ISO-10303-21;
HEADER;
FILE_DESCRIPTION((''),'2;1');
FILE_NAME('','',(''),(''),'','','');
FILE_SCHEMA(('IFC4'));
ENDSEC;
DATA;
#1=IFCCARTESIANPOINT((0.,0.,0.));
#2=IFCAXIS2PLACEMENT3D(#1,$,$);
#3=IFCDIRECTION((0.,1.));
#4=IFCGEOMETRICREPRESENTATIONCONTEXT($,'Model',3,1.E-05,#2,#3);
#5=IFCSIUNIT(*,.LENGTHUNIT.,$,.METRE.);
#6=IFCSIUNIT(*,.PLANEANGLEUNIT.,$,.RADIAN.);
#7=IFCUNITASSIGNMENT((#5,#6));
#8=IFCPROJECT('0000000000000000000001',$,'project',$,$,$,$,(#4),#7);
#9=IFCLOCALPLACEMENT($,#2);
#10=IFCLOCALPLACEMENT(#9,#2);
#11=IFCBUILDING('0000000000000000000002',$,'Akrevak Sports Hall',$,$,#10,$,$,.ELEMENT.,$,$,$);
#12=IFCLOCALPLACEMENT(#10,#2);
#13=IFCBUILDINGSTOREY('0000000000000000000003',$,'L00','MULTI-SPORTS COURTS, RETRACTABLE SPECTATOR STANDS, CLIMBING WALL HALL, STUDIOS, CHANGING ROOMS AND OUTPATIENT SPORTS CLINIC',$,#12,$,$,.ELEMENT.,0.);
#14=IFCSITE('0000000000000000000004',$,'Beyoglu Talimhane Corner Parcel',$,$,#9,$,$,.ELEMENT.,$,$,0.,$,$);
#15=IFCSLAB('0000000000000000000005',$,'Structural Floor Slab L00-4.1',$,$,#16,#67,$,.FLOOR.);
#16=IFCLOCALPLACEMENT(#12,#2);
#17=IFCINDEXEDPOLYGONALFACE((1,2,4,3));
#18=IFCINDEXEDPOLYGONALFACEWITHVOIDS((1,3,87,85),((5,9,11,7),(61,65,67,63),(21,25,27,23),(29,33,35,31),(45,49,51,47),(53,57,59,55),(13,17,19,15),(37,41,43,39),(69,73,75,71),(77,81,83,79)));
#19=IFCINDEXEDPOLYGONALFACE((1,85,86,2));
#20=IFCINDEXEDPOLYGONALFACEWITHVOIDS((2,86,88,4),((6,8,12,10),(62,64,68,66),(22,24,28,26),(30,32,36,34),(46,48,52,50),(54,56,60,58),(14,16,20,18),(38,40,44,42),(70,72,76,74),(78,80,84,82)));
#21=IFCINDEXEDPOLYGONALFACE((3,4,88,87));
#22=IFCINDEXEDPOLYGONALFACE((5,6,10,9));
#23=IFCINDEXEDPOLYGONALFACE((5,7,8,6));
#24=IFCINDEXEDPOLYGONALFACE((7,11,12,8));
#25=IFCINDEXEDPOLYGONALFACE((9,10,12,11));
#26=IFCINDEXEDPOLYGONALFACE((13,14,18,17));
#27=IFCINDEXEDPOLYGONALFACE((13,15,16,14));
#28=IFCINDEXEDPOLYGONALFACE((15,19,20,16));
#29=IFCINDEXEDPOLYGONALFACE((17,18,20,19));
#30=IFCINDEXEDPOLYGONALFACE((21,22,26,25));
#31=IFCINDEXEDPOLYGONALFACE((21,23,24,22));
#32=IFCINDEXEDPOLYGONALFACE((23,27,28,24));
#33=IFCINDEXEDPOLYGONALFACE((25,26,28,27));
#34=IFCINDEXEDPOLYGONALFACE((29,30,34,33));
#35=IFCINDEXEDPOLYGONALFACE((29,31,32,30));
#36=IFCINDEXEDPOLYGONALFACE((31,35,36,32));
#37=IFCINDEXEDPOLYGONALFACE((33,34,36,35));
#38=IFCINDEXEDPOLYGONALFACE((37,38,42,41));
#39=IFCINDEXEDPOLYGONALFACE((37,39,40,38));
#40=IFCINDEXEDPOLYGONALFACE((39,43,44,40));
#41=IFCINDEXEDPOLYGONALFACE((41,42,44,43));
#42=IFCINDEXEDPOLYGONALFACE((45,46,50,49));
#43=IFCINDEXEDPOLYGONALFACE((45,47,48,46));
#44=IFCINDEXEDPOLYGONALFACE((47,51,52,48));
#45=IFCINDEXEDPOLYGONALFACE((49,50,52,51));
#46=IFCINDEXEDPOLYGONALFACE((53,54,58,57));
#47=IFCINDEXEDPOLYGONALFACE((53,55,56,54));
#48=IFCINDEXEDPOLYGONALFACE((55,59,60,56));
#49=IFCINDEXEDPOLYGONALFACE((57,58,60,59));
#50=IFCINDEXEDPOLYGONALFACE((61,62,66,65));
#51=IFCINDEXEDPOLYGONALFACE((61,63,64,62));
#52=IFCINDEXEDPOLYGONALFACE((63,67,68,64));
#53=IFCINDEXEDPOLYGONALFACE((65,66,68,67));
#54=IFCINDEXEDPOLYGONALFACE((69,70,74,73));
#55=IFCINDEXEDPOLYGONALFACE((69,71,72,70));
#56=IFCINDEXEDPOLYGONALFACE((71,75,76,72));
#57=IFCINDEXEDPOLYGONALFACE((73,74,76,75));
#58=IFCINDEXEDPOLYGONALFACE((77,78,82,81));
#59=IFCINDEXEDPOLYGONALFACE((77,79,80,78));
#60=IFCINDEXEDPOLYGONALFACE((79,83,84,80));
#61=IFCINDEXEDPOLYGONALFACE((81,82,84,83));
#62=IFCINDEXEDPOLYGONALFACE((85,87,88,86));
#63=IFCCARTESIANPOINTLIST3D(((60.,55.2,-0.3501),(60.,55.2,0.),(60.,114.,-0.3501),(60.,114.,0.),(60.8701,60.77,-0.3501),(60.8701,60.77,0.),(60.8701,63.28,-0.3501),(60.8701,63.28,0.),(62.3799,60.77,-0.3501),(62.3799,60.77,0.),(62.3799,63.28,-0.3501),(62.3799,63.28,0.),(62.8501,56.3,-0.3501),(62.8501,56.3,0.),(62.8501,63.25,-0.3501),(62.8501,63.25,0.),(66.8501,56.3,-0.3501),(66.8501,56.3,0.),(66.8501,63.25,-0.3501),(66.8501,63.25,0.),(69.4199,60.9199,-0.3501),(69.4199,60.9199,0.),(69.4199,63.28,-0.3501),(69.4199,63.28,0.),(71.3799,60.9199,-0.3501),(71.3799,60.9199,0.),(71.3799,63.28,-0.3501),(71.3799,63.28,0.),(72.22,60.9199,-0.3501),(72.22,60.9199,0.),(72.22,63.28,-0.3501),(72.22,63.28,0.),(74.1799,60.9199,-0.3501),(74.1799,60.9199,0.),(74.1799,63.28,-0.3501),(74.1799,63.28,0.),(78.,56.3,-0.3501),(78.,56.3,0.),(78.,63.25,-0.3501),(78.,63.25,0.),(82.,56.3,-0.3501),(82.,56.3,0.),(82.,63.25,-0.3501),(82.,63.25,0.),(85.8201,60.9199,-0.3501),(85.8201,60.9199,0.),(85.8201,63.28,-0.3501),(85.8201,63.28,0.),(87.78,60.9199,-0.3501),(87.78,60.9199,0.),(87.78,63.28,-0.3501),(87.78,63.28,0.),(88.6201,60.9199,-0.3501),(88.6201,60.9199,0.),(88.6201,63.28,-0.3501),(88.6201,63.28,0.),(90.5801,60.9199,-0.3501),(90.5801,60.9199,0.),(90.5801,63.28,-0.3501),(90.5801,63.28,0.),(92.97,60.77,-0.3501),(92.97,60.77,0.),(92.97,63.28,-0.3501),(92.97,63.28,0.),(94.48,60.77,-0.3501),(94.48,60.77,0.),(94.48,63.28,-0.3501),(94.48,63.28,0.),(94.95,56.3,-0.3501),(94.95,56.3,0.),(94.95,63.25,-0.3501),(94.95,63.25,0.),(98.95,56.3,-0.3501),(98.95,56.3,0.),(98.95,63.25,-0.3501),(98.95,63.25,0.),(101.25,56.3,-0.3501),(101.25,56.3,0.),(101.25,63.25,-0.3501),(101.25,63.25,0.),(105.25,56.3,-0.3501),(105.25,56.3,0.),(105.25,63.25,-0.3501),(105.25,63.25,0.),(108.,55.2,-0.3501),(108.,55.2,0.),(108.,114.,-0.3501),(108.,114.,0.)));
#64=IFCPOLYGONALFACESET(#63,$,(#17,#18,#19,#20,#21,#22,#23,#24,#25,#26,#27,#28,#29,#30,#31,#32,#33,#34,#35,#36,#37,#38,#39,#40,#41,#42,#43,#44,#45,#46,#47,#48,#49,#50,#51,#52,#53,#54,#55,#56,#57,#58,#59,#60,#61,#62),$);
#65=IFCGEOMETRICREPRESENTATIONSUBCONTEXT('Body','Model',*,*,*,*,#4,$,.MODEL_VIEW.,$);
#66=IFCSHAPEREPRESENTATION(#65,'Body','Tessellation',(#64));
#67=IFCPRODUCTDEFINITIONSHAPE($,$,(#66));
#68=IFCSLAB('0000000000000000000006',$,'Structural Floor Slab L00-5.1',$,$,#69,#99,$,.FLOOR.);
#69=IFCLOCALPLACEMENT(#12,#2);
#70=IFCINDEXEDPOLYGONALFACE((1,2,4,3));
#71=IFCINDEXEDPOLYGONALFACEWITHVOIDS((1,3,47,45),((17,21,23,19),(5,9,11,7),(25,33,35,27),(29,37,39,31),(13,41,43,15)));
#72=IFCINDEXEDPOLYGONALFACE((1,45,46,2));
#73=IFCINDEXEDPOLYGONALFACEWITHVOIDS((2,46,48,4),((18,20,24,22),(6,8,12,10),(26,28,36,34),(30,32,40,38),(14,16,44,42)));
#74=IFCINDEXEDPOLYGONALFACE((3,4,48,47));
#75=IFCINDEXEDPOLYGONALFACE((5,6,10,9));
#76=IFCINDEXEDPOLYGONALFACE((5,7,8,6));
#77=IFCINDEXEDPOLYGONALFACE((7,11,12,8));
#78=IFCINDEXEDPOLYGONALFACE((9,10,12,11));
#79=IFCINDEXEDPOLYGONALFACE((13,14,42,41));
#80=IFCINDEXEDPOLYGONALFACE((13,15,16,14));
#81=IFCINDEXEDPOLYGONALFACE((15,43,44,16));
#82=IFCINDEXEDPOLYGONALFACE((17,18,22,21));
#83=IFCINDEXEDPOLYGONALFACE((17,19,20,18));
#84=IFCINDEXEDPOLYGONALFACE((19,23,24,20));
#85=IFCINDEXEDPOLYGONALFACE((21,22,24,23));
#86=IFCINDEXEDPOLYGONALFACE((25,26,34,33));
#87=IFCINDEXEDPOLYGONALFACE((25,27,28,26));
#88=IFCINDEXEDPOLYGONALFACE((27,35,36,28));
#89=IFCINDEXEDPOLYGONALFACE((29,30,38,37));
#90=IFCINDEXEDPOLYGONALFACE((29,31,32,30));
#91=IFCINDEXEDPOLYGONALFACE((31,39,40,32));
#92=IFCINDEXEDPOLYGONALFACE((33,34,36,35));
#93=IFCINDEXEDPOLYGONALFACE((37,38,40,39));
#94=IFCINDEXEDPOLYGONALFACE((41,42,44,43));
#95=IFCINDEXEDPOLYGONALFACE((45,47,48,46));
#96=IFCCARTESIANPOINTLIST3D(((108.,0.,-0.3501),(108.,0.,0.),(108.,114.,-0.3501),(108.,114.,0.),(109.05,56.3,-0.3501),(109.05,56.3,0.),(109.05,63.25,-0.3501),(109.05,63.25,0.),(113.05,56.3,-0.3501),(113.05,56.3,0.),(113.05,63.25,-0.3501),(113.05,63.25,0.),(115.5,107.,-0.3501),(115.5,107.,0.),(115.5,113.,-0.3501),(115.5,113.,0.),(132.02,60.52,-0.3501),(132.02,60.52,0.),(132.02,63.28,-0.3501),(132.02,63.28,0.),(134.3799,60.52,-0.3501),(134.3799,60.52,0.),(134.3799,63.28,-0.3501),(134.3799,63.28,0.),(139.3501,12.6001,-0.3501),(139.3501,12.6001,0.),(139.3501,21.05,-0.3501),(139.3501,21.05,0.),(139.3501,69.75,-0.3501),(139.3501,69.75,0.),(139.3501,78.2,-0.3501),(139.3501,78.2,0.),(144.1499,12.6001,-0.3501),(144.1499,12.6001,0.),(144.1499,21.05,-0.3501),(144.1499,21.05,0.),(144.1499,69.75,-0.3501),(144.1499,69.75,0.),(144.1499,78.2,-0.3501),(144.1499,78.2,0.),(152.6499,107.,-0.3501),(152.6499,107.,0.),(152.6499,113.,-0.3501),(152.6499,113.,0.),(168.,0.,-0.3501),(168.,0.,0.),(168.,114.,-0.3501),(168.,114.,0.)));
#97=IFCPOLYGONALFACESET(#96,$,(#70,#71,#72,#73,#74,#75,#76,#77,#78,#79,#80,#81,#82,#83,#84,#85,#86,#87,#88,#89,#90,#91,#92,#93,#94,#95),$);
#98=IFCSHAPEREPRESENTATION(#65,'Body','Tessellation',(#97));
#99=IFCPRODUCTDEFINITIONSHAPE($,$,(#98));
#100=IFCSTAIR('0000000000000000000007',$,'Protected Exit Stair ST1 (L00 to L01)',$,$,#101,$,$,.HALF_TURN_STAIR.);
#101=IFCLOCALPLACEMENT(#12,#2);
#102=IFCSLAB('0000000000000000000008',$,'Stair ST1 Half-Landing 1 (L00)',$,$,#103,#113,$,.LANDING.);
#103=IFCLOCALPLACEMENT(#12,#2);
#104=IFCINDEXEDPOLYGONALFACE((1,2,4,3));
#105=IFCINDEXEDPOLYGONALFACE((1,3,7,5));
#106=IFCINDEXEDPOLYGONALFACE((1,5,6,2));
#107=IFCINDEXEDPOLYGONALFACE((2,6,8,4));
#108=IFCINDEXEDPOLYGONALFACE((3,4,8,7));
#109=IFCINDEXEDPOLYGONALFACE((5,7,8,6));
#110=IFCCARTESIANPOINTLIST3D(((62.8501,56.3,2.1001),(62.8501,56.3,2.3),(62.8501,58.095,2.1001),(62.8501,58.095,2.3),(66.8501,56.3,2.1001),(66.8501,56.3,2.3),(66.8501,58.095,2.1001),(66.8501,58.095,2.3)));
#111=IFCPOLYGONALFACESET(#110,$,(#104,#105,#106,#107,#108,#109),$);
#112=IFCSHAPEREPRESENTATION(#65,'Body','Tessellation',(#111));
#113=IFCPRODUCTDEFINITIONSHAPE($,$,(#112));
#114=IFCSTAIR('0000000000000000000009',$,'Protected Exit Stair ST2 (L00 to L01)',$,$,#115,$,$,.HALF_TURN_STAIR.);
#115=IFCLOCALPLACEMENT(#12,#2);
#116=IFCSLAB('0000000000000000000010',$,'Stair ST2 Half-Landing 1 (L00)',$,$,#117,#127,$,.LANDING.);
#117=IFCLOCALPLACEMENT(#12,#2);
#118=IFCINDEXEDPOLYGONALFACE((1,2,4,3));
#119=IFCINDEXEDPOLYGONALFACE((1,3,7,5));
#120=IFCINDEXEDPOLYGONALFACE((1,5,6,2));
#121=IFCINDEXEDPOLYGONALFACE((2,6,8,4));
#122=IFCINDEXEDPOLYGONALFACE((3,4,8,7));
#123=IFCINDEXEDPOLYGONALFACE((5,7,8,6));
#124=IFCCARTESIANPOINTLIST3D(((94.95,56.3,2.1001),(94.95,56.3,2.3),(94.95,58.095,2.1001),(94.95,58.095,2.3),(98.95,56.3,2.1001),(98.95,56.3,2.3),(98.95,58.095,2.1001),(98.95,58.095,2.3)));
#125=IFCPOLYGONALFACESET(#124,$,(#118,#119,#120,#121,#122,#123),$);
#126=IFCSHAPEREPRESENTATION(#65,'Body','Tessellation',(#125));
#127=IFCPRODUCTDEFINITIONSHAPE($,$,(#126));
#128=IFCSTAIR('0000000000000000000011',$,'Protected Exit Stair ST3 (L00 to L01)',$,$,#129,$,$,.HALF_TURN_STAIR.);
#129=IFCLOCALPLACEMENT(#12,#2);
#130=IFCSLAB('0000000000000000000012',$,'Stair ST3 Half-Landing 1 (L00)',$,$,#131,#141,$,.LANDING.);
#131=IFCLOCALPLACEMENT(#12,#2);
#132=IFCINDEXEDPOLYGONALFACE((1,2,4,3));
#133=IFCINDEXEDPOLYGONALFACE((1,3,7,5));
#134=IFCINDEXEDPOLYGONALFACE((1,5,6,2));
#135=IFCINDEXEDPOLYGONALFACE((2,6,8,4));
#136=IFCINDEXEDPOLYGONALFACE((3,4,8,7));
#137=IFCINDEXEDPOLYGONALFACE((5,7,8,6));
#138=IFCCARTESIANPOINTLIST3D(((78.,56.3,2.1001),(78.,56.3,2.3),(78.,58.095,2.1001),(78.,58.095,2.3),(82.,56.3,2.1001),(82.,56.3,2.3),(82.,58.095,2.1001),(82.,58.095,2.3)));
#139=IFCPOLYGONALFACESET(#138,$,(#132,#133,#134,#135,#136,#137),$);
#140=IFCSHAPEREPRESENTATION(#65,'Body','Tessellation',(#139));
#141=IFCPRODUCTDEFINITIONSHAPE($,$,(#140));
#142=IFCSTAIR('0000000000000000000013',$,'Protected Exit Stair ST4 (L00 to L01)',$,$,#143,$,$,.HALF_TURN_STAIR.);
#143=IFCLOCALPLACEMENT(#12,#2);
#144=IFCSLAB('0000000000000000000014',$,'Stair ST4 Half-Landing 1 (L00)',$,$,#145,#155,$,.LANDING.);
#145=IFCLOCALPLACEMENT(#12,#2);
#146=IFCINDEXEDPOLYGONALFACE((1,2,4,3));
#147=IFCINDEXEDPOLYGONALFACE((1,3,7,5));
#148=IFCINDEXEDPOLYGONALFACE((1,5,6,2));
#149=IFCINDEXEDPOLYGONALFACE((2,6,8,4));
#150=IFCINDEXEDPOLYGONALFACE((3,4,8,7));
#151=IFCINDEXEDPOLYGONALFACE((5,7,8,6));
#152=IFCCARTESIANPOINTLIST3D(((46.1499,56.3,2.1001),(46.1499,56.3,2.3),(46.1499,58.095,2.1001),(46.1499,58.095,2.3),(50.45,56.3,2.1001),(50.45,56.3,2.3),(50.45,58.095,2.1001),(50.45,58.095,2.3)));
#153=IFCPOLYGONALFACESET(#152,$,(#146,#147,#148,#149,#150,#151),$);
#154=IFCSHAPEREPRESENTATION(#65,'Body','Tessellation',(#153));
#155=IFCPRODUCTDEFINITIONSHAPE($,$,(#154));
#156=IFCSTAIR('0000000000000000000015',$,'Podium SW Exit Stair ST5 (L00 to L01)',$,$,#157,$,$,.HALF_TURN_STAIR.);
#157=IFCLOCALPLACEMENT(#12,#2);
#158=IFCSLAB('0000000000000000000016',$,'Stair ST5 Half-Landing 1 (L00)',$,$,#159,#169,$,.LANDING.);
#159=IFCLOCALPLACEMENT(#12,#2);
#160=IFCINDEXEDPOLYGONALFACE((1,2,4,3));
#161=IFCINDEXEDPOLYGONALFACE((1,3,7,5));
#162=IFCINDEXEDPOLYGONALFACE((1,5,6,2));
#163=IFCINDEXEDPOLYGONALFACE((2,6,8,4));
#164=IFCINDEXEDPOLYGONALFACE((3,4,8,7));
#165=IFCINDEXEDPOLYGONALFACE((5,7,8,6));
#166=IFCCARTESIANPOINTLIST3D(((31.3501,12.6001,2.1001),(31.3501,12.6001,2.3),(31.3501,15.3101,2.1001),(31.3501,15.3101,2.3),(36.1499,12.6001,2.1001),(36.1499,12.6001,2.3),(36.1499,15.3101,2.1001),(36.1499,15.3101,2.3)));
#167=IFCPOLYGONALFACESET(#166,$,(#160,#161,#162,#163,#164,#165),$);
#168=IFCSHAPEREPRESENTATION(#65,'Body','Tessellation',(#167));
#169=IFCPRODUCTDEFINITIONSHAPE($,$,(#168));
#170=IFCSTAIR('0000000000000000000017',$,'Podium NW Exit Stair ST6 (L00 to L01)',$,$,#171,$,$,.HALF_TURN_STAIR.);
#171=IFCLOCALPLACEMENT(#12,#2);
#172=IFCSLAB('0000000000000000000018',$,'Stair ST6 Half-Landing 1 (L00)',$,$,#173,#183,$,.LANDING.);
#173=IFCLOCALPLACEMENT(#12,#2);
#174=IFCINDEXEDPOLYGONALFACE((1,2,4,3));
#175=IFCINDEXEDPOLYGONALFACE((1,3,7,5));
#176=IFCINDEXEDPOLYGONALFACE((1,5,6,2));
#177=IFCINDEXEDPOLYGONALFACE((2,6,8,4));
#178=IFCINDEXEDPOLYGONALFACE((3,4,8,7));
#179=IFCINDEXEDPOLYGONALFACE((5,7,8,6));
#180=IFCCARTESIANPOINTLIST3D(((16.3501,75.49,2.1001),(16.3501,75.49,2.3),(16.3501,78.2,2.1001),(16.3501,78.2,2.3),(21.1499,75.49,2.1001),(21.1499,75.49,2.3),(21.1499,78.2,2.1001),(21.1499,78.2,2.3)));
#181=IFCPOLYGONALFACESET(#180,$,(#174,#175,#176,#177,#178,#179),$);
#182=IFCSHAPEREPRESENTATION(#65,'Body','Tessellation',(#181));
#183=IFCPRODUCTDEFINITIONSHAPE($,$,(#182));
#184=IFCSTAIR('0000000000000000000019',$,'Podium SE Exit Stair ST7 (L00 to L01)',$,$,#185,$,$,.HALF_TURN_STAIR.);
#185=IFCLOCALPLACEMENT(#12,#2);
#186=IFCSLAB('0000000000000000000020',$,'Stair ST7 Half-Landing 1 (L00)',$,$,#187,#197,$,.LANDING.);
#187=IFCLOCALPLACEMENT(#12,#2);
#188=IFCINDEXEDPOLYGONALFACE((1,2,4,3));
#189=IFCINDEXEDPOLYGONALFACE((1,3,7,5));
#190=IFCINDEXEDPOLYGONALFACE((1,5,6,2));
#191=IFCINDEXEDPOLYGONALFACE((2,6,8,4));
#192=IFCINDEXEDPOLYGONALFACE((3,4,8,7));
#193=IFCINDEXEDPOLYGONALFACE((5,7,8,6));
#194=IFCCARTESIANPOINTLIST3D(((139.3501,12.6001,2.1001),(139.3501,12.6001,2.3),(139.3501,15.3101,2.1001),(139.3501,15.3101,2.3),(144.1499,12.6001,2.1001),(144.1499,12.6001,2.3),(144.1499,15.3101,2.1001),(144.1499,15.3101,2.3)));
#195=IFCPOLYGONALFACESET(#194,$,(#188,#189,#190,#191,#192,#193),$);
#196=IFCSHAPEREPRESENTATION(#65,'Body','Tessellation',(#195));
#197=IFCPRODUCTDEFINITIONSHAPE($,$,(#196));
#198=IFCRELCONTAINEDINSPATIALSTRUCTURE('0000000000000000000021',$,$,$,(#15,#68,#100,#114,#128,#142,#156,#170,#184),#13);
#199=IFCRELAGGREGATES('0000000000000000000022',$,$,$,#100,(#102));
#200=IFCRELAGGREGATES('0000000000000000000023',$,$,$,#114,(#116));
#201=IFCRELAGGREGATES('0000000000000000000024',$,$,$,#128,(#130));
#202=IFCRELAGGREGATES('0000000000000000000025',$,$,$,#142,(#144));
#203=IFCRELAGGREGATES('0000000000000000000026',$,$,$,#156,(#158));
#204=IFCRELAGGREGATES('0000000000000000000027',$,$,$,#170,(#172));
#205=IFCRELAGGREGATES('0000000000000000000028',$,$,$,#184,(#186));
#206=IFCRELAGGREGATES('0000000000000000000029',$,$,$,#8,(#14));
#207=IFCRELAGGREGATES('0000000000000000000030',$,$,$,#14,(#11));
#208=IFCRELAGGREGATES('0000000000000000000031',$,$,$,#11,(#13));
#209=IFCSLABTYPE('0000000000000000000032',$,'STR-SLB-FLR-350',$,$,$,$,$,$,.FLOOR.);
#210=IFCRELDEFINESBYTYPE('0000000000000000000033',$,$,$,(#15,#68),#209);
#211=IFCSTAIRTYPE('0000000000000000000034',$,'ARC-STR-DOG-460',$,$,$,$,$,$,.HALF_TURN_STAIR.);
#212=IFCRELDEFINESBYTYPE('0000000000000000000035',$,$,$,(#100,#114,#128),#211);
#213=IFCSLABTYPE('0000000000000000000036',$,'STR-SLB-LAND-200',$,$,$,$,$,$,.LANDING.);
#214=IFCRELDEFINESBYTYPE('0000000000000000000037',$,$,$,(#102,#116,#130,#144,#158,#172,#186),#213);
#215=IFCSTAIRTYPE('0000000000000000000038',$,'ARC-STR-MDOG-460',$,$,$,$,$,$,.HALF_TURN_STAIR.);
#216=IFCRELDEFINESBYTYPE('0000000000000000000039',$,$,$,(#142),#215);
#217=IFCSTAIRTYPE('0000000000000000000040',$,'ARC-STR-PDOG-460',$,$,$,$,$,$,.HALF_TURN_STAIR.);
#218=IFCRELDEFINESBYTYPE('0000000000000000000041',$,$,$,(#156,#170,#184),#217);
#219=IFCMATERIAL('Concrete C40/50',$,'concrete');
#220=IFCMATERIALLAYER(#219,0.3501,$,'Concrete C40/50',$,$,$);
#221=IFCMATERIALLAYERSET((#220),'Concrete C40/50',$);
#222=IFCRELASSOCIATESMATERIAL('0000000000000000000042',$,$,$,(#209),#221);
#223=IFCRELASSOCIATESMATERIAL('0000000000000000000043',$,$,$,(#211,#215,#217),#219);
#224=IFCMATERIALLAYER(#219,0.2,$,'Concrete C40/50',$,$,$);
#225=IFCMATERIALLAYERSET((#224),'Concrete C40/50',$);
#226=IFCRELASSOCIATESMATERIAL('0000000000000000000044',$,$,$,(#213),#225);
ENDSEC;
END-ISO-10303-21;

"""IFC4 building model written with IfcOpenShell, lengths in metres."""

from ifc_helpers import new_model, si_unit, direction, frame, origin, place, context, subcontext, project, spatial, polyline, outline, extrude, material, layer, layer_set, type_object, element, aggregate, save


model = new_model("IFC4")

# Units and contexts
model_context = context("Model", 3, precision=1e-05, world=origin(), true_north=direction((0.0, 1.0)))
body_context = subcontext(model_context, "Body", "Model", "MODEL_VIEW")
ifc_project = project(units=[si_unit("LENGTHUNIT", "METRE"), si_unit("PLANEANGLEUNIT", "RADIAN")], contexts=[model_context])

# Site, building, storey
site_placement = place(None, origin())
site = spatial("IfcSite", under=ifc_project, at=site_placement, Name="Beyoglu Talimhane Corner Parcel", CompositionType="ELEMENT", RefElevation=0.0)
building_placement = place(site_placement, origin())
building = spatial("IfcBuilding", under=site, at=building_placement, Name="Akrevak Sports Hall", CompositionType="ELEMENT")
storey_placement = place(building_placement, origin())
storey = spatial("IfcBuildingStorey", under=building, at=storey_placement, Name="L00", Description="MULTI-SPORTS COURTS, RETRACTABLE SPECTATOR STANDS, CLIMBING WALL HALL, STUDIOS, CHANGING ROOMS AND OUTPATIENT SPORTS CLINIC", CompositionType="ELEMENT", Elevation=0.0)

# Slabs
ifc_material_1 = material(Name="Concrete C40/50", Category="concrete")
ifc_layer_1 = layer(ifc_material_1, 0.3501, Name="Concrete C40/50")
ifc_layer_set_1 = layer_set([ifc_layer_1], Name="Concrete C40/50")
slab_type_1 = type_object("IfcSlabType", Name="STR-SLB-FLR-350", PredefinedType="FLOOR", material=ifc_layer_set_1)
slab_1_placement = place(storey_placement, frame((0.0, 0.0, -0.3501)))
element("IfcSlab", 1, at=slab_1_placement, inside=storey, type_object=slab_type_1, Name="Structural Floor Slab L00-4.1", PredefinedType="FLOOR", context=body_context, shape_type="SweptSolid", body=[
    extrude(outline(polyline([(60.0, 114.0), (60.0, 55.2), (108.0, 55.2), (108.0, 114.0), (60.0, 114.0)]), holes=[polyline([(66.8501, 56.3), (62.8501, 56.3), (62.8501, 63.25), (66.8501, 63.25), (66.8501, 56.3)]), polyline([(82.0, 63.25), (82.0, 56.3), (78.0, 56.3), (78.0, 63.25), (82.0, 63.25)]), polyline([(62.3799, 63.28), (62.3799, 60.77), (60.8701, 60.77), (60.8701, 63.28), (62.3799, 63.28)]), polyline([(71.3799, 63.28), (71.3799, 60.9199), (69.4199, 60.9199), (69.4199, 63.28), (71.3799, 63.28)]), polyline([(74.1799, 60.9199), (72.22, 60.9199), (72.22, 63.28), (74.1799, 63.28), (74.1799, 60.9199)]), polyline([(98.95, 63.25), (98.95, 56.3), (94.95, 56.3), (94.95, 63.25), (98.95, 63.25)]), polyline([(105.25, 63.25), (105.25, 56.3), (101.25, 56.3), (101.25, 63.25), (105.25, 63.25)]), polyline([(94.48, 63.28), (94.48, 60.77), (92.97, 60.77), (92.97, 63.28), (94.48, 63.28)]), polyline([(87.78, 63.28), (87.78, 60.9199), (85.8201, 60.9199), (85.8201, 63.28), (87.78, 63.28)]), polyline([(90.5801, 63.28), (90.5801, 60.9199), (88.6201, 60.9199), (88.6201, 63.28), (90.5801, 63.28)])]), origin(), (0.0, 0.0, 1.0), 0.3501),
])
slab_2_placement = place(storey_placement, frame((0.0, 0.0, -0.3501)))
element("IfcSlab", 2, at=slab_2_placement, inside=storey, type_object=slab_type_1, Name="Structural Floor Slab L00-5.1", PredefinedType="FLOOR", context=body_context, shape_type="SweptSolid", body=[
    extrude(outline(polyline([(108.0, 114.0), (108.0, 0.0), (168.0, 0.0), (168.0, 114.0), (108.0, 114.0)]), holes=[polyline([(144.1499, 21.05), (144.1499, 12.6001), (139.3501, 12.6001), (139.3501, 21.05), (144.1499, 21.05)]), polyline([(113.05, 56.3), (109.05, 56.3), (109.05, 63.25), (113.05, 63.25), (113.05, 56.3)]), polyline([(134.3799, 60.52), (132.02, 60.52), (132.02, 63.28), (134.3799, 63.28), (134.3799, 60.52)]), polyline([(144.1499, 69.75), (139.3501, 69.75), (139.3501, 78.2), (144.1499, 78.2), (144.1499, 69.75)]), polyline([(152.6499, 107.0), (115.5, 107.0), (115.5, 113.0), (152.6499, 113.0), (152.6499, 107.0)])]), origin(), (0.0, 0.0, 1.0), 0.3501),
])

# Stairs, slabs
stair_type_1 = type_object("IfcStairType", Name="ARC-STR-DOG-460", PredefinedType="HALF_TURN_STAIR", material=ifc_material_1)
stair_1_placement = place(storey_placement, origin())
stair_1 = element("IfcStair", 3, at=stair_1_placement, inside=storey, type_object=stair_type_1, Name="Protected Exit Stair ST1 (L00 to L01)", PredefinedType="HALF_TURN_STAIR")
ifc_layer_2 = layer(ifc_material_1, 0.2, Name="Concrete C40/50")
ifc_layer_set_2 = layer_set([ifc_layer_2], Name="Concrete C40/50")
slab_type_2 = type_object("IfcSlabType", Name="STR-SLB-LAND-200", PredefinedType="LANDING", material=ifc_layer_set_2)
slab_3_placement = place(storey_placement, frame((0.0, 0.0, 2.1001)))
slab_3 = element("IfcSlab", 4, at=slab_3_placement, type_object=slab_type_2, Name="Stair ST1 Half-Landing 1 (L00)", PredefinedType="LANDING", context=body_context, shape_type="SweptSolid", body=[
    extrude(outline(polyline([(62.8501, 56.3), (66.8501, 56.3), (66.8501, 58.095), (62.8501, 58.095), (62.8501, 56.3)])), origin(), (0.0, 0.0, 1.0), 0.2),
])
aggregate(stair_1, [slab_3])
stair_2_placement = place(storey_placement, origin())
stair_2 = element("IfcStair", 5, at=stair_2_placement, inside=storey, type_object=stair_type_1, Name="Protected Exit Stair ST2 (L00 to L01)", PredefinedType="HALF_TURN_STAIR")
slab_4_placement = place(storey_placement, frame((0.0, 0.0, 2.1001)))
slab_4 = element("IfcSlab", 6, at=slab_4_placement, type_object=slab_type_2, Name="Stair ST2 Half-Landing 1 (L00)", PredefinedType="LANDING", context=body_context, shape_type="SweptSolid", body=[
    extrude(outline(polyline([(94.95, 56.3), (98.95, 56.3), (98.95, 58.095), (94.95, 58.095), (94.95, 56.3)])), origin(), (0.0, 0.0, 1.0), 0.2),
])
aggregate(stair_2, [slab_4])
stair_3_placement = place(storey_placement, origin())
stair_3 = element("IfcStair", 7, at=stair_3_placement, inside=storey, type_object=stair_type_1, Name="Protected Exit Stair ST3 (L00 to L01)", PredefinedType="HALF_TURN_STAIR")
slab_5_placement = place(storey_placement, frame((0.0, 0.0, 2.1001)))
slab_5 = element("IfcSlab", 8, at=slab_5_placement, type_object=slab_type_2, Name="Stair ST3 Half-Landing 1 (L00)", PredefinedType="LANDING", context=body_context, shape_type="SweptSolid", body=[
    extrude(outline(polyline([(78.0, 56.3), (82.0, 56.3), (82.0, 58.095), (78.0, 58.095), (78.0, 56.3)])), origin(), (0.0, 0.0, 1.0), 0.2),
])
aggregate(stair_3, [slab_5])
stair_type_2 = type_object("IfcStairType", Name="ARC-STR-MDOG-460", PredefinedType="HALF_TURN_STAIR", material=ifc_material_1)
stair_4_placement = place(storey_placement, origin())
stair_4 = element("IfcStair", 9, at=stair_4_placement, inside=storey, type_object=stair_type_2, Name="Protected Exit Stair ST4 (L00 to L01)", PredefinedType="HALF_TURN_STAIR")
slab_6_placement = place(storey_placement, frame((0.0, 0.0, 2.1001)))
slab_6 = element("IfcSlab", 10, at=slab_6_placement, type_object=slab_type_2, Name="Stair ST4 Half-Landing 1 (L00)", PredefinedType="LANDING", context=body_context, shape_type="SweptSolid", body=[
    extrude(outline(polyline([(46.1499, 56.3), (50.45, 56.3), (50.45, 58.095), (46.1499, 58.095), (46.1499, 56.3)])), origin(), (0.0, 0.0, 1.0), 0.2),
])
aggregate(stair_4, [slab_6])
stair_type_3 = type_object("IfcStairType", Name="ARC-STR-PDOG-460", PredefinedType="HALF_TURN_STAIR", material=ifc_material_1)
stair_5_placement = place(storey_placement, origin())
stair_5 = element("IfcStair", 11, at=stair_5_placement, inside=storey, type_object=stair_type_3, Name="Podium SW Exit Stair ST5 (L00 to L01)", PredefinedType="HALF_TURN_STAIR")
slab_7_placement = place(storey_placement, frame((0.0, 0.0, 2.1001)))
slab_7 = element("IfcSlab", 12, at=slab_7_placement, type_object=slab_type_2, Name="Stair ST5 Half-Landing 1 (L00)", PredefinedType="LANDING", context=body_context, shape_type="SweptSolid", body=[
    extrude(outline(polyline([(31.3501, 12.6001), (36.1499, 12.6001), (36.1499, 15.3101), (31.3501, 15.3101), (31.3501, 12.6001)])), origin(), (0.0, 0.0, 1.0), 0.2),
])
aggregate(stair_5, [slab_7])
stair_6_placement = place(storey_placement, origin())
stair_6 = element("IfcStair", 13, at=stair_6_placement, inside=storey, type_object=stair_type_3, Name="Podium NW Exit Stair ST6 (L00 to L01)", PredefinedType="HALF_TURN_STAIR")
slab_8_placement = place(storey_placement, frame((0.0, 0.0, 2.1001)))
slab_8 = element("IfcSlab", 14, at=slab_8_placement, type_object=slab_type_2, Name="Stair ST6 Half-Landing 1 (L00)", PredefinedType="LANDING", context=body_context, shape_type="SweptSolid", body=[
    extrude(outline(polyline([(16.3501, 75.49), (21.1499, 75.49), (21.1499, 78.2), (16.3501, 78.2), (16.3501, 75.49)])), origin(), (0.0, 0.0, 1.0), 0.2),
])
aggregate(stair_6, [slab_8])
stair_7_placement = place(storey_placement, origin())
stair_7 = element("IfcStair", 15, at=stair_7_placement, inside=storey, type_object=stair_type_3, Name="Podium SE Exit Stair ST7 (L00 to L01)", PredefinedType="HALF_TURN_STAIR")
slab_9_placement = place(storey_placement, frame((0.0, 0.0, 2.1001)))
slab_9 = element("IfcSlab", 16, at=slab_9_placement, type_object=slab_type_2, Name="Stair ST7 Half-Landing 1 (L00)", PredefinedType="LANDING", context=body_context, shape_type="SweptSolid", body=[
    extrude(outline(polyline([(139.3501, 12.6001), (144.1499, 12.6001), (144.1499, 15.3101), (139.3501, 15.3101), (139.3501, 12.6001)])), origin(), (0.0, 0.0, 1.0), 0.2),
])
aggregate(stair_7, [slab_9])

save(model, "model.ifc")
